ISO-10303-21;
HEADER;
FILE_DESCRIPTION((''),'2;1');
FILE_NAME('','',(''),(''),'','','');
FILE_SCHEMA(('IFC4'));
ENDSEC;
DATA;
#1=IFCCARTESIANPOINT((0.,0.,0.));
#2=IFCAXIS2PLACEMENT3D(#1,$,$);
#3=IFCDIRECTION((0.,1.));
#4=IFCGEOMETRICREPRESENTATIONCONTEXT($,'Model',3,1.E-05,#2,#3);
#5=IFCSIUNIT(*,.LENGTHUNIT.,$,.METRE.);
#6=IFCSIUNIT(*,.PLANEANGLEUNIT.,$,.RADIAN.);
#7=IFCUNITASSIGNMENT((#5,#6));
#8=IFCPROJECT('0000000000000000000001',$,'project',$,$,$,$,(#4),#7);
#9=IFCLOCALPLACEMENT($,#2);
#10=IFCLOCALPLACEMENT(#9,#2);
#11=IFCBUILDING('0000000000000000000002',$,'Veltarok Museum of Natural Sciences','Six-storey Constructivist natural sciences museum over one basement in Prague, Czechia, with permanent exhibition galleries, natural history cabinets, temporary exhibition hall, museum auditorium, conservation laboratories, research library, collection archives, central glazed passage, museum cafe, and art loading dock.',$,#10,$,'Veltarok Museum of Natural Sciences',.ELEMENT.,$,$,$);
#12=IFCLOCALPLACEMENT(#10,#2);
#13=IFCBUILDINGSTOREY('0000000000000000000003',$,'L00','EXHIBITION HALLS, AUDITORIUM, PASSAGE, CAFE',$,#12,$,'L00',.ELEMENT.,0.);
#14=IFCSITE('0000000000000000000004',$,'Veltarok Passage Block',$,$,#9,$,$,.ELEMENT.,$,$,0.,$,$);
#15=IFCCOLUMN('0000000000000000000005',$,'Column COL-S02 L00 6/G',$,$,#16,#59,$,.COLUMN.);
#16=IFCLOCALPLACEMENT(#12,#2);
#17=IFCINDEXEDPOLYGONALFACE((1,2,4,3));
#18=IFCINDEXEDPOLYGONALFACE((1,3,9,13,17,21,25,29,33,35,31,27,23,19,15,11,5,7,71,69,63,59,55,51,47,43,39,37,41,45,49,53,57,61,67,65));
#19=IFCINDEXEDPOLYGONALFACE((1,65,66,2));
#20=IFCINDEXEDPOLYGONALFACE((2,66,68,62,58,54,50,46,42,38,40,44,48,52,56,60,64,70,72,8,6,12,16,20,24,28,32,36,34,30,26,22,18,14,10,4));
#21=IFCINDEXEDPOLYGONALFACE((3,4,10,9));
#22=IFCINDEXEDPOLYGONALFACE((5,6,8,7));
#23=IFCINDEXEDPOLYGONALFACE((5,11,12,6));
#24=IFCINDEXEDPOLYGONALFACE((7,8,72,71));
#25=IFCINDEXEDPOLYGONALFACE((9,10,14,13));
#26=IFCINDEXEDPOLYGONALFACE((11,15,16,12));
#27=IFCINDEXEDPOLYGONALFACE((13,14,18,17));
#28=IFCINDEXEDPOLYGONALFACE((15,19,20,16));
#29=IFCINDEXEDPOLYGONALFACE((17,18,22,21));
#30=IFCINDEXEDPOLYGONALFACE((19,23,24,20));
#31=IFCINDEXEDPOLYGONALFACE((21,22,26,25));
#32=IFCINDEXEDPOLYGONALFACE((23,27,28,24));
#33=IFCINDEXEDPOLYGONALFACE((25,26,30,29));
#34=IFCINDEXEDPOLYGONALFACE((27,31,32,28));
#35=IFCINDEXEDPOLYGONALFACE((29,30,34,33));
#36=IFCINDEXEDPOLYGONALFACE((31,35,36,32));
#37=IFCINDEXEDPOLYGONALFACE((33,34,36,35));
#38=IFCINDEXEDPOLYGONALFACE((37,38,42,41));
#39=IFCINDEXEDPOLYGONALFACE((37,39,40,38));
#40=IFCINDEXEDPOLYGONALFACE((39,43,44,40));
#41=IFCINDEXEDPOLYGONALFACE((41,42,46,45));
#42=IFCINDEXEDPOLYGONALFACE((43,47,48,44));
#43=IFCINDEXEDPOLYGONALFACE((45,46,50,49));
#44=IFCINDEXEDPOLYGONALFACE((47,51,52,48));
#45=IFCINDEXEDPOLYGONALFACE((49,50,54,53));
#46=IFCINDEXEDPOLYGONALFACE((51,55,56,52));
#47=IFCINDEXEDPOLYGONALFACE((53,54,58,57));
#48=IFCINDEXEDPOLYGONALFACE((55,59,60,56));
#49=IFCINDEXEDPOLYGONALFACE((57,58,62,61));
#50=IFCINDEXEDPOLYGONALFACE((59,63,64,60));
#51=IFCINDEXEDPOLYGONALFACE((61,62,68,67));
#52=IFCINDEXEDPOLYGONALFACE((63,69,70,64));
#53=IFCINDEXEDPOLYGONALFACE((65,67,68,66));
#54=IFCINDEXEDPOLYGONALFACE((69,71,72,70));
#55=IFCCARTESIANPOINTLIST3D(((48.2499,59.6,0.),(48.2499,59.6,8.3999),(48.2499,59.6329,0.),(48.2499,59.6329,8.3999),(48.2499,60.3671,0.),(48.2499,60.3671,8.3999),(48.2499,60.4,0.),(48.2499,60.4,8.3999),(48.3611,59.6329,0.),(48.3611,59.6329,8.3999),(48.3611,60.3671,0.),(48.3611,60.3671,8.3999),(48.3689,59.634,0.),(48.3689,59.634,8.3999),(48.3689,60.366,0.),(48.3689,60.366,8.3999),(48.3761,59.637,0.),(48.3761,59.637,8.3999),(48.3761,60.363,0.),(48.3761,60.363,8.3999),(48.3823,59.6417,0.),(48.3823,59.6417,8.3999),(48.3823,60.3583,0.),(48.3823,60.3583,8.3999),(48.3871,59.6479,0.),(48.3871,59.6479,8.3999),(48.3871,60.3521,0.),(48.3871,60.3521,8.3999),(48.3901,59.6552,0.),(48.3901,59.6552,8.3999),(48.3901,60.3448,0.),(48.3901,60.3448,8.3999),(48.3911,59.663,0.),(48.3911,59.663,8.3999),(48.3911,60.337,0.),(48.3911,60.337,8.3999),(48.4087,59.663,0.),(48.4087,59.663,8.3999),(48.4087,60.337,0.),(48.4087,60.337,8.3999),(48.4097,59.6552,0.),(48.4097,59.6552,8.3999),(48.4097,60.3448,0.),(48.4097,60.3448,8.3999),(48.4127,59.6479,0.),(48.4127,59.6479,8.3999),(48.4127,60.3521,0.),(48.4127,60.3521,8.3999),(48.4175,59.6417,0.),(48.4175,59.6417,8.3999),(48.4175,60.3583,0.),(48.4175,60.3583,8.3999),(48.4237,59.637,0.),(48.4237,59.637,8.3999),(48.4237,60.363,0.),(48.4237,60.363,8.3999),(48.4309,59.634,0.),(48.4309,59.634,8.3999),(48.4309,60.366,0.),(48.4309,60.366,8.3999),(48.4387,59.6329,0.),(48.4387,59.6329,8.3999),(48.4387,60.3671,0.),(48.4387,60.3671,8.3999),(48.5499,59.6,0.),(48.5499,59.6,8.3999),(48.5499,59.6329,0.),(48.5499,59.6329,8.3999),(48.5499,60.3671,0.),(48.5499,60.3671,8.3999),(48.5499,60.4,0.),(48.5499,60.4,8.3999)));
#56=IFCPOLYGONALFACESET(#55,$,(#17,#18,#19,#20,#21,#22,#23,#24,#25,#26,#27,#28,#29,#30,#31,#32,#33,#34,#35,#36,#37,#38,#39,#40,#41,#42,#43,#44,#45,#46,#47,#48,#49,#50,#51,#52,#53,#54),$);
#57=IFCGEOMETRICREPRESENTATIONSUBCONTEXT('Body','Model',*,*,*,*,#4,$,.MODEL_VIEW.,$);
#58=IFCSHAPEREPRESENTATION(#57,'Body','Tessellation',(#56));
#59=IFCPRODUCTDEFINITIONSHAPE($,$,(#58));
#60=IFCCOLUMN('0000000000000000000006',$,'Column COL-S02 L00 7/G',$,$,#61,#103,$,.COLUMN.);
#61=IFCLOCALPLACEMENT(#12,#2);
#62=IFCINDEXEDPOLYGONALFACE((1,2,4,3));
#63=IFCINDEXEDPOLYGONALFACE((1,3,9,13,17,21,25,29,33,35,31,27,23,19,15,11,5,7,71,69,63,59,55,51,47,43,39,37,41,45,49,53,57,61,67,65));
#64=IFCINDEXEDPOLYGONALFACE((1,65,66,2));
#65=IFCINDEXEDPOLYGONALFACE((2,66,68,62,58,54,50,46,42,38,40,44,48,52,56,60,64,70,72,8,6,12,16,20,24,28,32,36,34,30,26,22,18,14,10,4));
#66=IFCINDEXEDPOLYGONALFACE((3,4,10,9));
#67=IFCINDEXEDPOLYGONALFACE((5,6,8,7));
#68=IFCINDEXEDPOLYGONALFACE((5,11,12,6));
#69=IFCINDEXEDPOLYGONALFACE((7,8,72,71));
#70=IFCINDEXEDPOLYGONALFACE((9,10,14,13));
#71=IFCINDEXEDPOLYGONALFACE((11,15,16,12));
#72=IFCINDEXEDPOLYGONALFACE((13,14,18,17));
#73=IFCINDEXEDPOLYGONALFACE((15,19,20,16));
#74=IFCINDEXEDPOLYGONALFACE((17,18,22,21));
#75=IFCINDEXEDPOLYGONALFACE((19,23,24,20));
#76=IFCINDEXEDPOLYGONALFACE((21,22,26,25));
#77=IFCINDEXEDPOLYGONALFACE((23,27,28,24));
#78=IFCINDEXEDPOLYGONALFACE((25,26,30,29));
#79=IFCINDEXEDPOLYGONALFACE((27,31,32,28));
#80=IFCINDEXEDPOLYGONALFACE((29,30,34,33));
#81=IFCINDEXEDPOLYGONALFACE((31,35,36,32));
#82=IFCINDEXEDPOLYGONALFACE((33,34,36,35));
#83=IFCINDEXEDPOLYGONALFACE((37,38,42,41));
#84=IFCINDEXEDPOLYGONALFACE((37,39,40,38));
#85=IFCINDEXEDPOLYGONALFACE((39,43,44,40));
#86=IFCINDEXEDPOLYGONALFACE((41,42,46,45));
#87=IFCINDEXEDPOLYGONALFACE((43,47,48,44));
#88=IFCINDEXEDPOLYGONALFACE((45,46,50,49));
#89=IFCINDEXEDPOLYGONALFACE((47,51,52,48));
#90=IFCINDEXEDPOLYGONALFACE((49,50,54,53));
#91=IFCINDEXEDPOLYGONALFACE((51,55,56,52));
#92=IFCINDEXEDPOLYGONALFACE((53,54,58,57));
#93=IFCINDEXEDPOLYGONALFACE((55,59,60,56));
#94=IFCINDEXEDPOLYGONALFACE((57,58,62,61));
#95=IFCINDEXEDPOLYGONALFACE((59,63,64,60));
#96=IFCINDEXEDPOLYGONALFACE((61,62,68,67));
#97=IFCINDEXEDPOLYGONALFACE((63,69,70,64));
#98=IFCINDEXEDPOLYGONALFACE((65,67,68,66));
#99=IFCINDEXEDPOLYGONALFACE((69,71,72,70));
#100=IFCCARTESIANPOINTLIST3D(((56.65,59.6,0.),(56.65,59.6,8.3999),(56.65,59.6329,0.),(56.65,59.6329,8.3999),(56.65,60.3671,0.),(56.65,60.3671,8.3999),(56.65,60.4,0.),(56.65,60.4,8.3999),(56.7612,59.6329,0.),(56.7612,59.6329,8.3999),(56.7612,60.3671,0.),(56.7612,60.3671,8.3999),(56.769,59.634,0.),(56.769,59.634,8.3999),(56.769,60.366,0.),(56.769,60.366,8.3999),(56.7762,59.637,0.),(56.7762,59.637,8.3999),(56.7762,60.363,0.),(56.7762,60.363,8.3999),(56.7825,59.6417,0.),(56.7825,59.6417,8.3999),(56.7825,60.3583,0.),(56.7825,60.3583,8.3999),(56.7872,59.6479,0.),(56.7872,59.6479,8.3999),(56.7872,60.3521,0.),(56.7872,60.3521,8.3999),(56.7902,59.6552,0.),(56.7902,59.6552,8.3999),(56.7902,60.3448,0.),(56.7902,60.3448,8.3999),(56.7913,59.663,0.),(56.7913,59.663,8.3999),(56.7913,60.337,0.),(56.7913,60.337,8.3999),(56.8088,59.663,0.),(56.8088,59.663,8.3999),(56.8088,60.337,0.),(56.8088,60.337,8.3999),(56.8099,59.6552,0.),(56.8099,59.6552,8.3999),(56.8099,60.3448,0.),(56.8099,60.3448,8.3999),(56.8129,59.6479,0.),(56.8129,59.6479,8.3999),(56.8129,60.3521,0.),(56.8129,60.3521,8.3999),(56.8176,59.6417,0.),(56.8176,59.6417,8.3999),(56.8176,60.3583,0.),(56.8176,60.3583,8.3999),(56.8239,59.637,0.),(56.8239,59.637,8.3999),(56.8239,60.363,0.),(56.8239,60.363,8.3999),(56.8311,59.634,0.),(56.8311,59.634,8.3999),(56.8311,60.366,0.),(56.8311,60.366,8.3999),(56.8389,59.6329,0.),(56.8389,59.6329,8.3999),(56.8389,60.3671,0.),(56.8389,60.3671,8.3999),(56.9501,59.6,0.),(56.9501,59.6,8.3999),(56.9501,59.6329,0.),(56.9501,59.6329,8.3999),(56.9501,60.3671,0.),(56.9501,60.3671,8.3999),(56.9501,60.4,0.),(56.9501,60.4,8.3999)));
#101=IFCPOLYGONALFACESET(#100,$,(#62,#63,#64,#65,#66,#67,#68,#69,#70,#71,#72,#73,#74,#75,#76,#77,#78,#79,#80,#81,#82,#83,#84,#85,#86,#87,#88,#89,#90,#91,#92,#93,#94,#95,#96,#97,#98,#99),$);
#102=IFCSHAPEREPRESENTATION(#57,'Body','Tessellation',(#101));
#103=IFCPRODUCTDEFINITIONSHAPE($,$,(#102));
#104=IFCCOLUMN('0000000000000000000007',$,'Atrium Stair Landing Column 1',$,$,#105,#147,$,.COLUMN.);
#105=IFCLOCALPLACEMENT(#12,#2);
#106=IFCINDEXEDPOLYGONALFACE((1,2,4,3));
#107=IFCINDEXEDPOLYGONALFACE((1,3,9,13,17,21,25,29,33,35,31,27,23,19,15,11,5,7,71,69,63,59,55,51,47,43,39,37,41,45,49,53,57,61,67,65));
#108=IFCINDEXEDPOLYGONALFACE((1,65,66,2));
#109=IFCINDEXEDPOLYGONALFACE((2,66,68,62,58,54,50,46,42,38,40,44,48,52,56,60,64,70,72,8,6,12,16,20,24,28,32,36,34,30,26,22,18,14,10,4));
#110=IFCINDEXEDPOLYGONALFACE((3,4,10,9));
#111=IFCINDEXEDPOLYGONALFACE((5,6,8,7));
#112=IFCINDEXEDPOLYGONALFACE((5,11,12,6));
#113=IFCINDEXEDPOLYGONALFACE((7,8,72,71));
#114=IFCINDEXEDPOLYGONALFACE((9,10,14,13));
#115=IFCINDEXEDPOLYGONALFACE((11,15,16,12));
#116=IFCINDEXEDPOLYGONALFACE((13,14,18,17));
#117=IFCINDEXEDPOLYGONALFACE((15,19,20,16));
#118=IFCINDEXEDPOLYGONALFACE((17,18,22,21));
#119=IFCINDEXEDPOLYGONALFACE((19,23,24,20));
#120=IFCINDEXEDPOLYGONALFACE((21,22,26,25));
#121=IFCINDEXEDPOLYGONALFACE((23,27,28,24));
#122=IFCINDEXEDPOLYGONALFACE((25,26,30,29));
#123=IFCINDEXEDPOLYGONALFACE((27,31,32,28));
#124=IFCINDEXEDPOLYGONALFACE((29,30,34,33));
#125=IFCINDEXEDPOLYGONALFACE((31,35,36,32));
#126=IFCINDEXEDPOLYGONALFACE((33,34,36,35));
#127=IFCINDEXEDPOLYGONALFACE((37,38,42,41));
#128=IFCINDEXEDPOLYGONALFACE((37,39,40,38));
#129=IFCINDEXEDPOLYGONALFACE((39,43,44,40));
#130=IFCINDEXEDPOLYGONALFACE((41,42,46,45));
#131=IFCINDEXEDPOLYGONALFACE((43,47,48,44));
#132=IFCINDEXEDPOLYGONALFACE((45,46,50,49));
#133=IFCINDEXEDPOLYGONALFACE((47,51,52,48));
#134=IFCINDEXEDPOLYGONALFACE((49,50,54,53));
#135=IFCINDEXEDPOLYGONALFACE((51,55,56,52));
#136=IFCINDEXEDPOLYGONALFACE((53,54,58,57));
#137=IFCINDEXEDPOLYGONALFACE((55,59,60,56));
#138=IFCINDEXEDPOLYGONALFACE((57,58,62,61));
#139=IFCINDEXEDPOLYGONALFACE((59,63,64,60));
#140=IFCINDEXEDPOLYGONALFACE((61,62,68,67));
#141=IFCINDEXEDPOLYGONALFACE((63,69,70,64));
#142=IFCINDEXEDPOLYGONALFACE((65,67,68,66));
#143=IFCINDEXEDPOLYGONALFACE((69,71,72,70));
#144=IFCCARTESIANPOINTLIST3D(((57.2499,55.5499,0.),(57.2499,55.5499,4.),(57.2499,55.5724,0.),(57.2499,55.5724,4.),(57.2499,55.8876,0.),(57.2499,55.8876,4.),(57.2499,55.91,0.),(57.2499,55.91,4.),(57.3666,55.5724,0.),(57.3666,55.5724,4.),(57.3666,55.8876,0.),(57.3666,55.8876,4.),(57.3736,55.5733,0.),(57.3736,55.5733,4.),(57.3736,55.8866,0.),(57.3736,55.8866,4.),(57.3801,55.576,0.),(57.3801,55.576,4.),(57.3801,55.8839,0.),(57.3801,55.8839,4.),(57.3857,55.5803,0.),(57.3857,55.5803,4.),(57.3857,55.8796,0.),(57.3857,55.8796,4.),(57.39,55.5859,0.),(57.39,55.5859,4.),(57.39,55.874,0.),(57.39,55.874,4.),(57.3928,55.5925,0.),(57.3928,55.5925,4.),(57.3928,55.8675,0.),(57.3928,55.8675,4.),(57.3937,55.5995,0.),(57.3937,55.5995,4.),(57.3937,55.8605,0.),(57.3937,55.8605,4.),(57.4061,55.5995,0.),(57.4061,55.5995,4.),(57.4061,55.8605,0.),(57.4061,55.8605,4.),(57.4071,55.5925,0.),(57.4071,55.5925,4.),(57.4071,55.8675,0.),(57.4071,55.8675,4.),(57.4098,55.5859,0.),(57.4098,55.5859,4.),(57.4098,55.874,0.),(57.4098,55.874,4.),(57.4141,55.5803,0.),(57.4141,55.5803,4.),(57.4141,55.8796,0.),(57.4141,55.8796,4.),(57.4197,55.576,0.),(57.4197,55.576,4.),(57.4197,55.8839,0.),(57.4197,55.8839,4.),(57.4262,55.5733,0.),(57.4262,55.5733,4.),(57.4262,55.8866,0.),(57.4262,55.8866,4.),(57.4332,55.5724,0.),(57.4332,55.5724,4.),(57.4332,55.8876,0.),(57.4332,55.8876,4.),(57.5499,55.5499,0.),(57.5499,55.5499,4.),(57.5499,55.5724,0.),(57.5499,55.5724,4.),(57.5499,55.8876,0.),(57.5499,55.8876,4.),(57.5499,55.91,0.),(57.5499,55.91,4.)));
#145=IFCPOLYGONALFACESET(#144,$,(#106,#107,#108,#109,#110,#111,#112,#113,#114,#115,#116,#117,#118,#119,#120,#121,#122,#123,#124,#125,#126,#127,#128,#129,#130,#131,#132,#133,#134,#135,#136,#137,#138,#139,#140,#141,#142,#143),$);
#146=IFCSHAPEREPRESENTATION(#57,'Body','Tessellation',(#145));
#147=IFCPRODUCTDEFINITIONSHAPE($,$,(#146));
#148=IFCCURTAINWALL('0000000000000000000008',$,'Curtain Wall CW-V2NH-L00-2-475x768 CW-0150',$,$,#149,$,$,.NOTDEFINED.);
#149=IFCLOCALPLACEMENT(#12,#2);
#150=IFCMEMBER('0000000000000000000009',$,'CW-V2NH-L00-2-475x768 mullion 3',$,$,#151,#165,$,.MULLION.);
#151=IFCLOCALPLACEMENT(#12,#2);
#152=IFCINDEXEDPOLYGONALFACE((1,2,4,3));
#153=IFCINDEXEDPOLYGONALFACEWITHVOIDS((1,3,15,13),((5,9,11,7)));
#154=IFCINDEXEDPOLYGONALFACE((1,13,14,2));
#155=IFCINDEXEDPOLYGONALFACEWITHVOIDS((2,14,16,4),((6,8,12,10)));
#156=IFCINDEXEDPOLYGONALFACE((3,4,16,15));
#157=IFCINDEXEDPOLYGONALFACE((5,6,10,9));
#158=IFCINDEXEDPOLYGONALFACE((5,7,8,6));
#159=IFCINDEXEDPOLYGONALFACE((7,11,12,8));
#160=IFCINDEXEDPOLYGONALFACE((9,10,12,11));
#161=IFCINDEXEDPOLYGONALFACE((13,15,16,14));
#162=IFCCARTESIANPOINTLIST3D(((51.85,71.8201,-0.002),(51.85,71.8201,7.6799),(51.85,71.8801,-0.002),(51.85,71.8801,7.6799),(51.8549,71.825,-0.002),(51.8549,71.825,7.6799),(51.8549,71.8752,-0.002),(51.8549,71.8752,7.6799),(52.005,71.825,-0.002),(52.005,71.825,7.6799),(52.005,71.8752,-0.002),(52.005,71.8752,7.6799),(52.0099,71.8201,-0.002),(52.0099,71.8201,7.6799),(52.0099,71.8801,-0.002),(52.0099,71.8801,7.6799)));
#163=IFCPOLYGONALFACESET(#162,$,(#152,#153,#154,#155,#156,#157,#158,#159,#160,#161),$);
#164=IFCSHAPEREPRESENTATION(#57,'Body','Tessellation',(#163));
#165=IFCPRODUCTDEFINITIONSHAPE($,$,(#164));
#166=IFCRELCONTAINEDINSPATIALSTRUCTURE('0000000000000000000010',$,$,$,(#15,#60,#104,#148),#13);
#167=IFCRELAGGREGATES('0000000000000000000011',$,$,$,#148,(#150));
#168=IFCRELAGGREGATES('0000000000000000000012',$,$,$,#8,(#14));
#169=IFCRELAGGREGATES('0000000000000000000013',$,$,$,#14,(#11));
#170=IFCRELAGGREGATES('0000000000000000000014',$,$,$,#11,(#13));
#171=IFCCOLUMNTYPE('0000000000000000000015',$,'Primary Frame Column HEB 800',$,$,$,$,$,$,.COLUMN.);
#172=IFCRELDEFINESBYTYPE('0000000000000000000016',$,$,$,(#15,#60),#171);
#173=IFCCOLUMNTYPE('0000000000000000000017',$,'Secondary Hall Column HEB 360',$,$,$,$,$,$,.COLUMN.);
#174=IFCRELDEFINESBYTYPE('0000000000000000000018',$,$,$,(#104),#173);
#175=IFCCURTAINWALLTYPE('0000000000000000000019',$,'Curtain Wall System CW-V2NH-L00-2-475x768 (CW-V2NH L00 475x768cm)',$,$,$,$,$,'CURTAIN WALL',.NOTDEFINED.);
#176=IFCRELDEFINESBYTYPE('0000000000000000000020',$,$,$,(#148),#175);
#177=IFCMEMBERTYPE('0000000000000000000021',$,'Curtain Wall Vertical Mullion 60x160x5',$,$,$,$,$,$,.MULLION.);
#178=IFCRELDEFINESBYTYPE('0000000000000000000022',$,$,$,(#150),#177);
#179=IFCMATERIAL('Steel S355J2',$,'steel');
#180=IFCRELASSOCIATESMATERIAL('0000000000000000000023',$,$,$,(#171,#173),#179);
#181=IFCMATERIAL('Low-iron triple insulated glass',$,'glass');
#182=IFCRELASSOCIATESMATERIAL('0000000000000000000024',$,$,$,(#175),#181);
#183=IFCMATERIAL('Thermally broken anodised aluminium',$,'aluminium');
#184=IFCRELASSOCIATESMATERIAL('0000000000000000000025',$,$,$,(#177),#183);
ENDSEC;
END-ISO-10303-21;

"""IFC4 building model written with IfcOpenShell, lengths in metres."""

from ifc_helpers import new_model, si_unit, direction, frame, origin, origin_2d, place, context, subcontext, project, spatial, hollow_rectangle, i_section, extrude, material, material_profile, profile_set, type_object, element, aggregate, save


model = new_model("IFC4")

# Units and contexts
model_context = context("Model", 3, precision=1e-05, world=origin(), true_north=direction((0.0, 1.0)))
body_context = subcontext(model_context, "Body", "Model", "MODEL_VIEW")
ifc_project = project(units=[si_unit("LENGTHUNIT", "METRE"), si_unit("PLANEANGLEUNIT", "RADIAN")], contexts=[model_context])

# Site, building, storey
site_placement = place(None, origin())
site = spatial("IfcSite", under=ifc_project, at=site_placement, Name="Veltarok Passage Block", CompositionType="ELEMENT", RefElevation=0.0)
building_placement = place(site_placement, origin())
building = spatial("IfcBuilding", under=site, at=building_placement, Name="Veltarok Museum of Natural Sciences", Description="Six-storey Constructivist natural sciences museum over one basement in Prague, Czechia, with permanent exhibition galleries, natural history cabinets, temporary exhibition hall, museum auditorium, conservation laboratories, research library, collection archives, central glazed passage, museum cafe, and art loading dock.", LongName="Veltarok Museum of Natural Sciences", CompositionType="ELEMENT")
storey_placement = place(building_placement, origin())
storey = spatial("IfcBuildingStorey", under=building, at=storey_placement, Name="L00", Description="EXHIBITION HALLS, AUDITORIUM, PASSAGE, CAFE", LongName="L00", CompositionType="ELEMENT", Elevation=0.0)

# Columns
ifc_material_1 = material(Name="Steel S355J2", Category="steel")
ifc_material_profile_1 = material_profile(ifc_material_1, i_section(OverallWidth=0.3, OverallDepth=0.8, WebThickness=0.0176, FlangeThickness=0.033, FilletRadius=0.03, at=origin_2d()), Name="HEB 800")
ifc_profile_set_1 = profile_set([ifc_material_profile_1], Name="Steel S355J2")
column_type_1 = type_object("IfcColumnType", Name="Primary Frame Column HEB 800", PredefinedType="COLUMN", material=ifc_profile_set_1)
for number, where, z_axis, x_axis, name in (
    (1, (48.3999, 60.0, 0.0), (0.0, 0.0, 1.0), (1.0, 0.0, 0.0), "Column COL-S02 L00 6/G"),
    (2, (56.8, 60.0, 0.0), (0.0, 0.0, 1.0), (1.0, 0.0, 0.0), "Column COL-S02 L00 7/G"),
):
    element("IfcColumn", number, at=place(storey_placement, frame(where, z_axis=z_axis, x_axis=x_axis)), inside=storey, type_object=column_type_1, Name=name, PredefinedType="COLUMN", context=body_context, shape_type="SweptSolid", body=[
        extrude(i_section(OverallWidth=0.3, OverallDepth=0.8, WebThickness=0.0176, FlangeThickness=0.033, FilletRadius=0.03, at=origin_2d()), origin(), (0.0, 0.0, 1.0), 8.3999),
    ])
ifc_material_profile_2 = material_profile(ifc_material_1, i_section(OverallWidth=0.3, OverallDepth=0.3601, WebThickness=0.0125, FlangeThickness=0.0225, FilletRadius=0.0271, at=origin_2d()), Name="HEB 360")
ifc_profile_set_2 = profile_set([ifc_material_profile_2], Name="Steel S355J2")
column_type_2 = type_object("IfcColumnType", Name="Secondary Hall Column HEB 360", PredefinedType="COLUMN", material=ifc_profile_set_2)
column_placement = place(storey_placement, frame((57.3999, 55.73, 0.0), z_axis=(0.0, 0.0, 1.0), x_axis=(1.0, 0.0, 0.0)))
element("IfcColumn", 3, at=column_placement, inside=storey, type_object=column_type_2, Name="Atrium Stair Landing Column 1", PredefinedType="COLUMN", context=body_context, shape_type="SweptSolid", body=[
    extrude(i_section(OverallWidth=0.3, OverallDepth=0.3601, WebThickness=0.0125, FlangeThickness=0.0225, FilletRadius=0.0271, at=origin_2d()), origin(), (0.0, 0.0, 1.0), 4.0),
])

# Curtain wall, member
ifc_material_2 = material(Name="Low-iron triple insulated glass", Category="glass")
curtain_wall_type = type_object("IfcCurtainWallType", Name="Curtain Wall System CW-V2NH-L00-2-475x768 (CW-V2NH L00 475x768cm)", ElementType="CURTAIN WALL", PredefinedType="NOTDEFINED", material=ifc_material_2)
curtain_wall_placement = place(storey_placement, origin())
curtain_wall = element("IfcCurtainWall", 4, at=curtain_wall_placement, inside=storey, type_object=curtain_wall_type, Name="Curtain Wall CW-V2NH-L00-2-475x768 CW-0150", PredefinedType="NOTDEFINED")
ifc_material_3 = material(Name="Thermally broken anodised aluminium", Category="aluminium")
ifc_material_profile_3 = material_profile(ifc_material_3, hollow_rectangle(XDim=0.0601, YDim=0.1599, WallThickness=0.0049, at=origin_2d()), Name="CW MULLION 60x160x5")
ifc_profile_set_3 = profile_set([ifc_material_profile_3], Name="Thermally broken anodised aluminium")
member_type = type_object("IfcMemberType", Name="Curtain Wall Vertical Mullion 60x160x5", PredefinedType="MULLION", material=ifc_profile_set_3)
member_placement = place(storey_placement, frame((51.9299, 71.8501, -0.002), z_axis=(0.0, 0.0, 1.0), x_axis=(0.0, -1.0, 0.0)))
member = element("IfcMember", 5, at=member_placement, type_object=member_type, Name="CW-V2NH-L00-2-475x768 mullion 3", PredefinedType="MULLION", context=body_context, shape_type="SweptSolid", body=[
    extrude(hollow_rectangle(XDim=0.0601, YDim=0.1599, WallThickness=0.0049, at=origin_2d()), origin(), (0.0, 0.0, 1.0), 7.6819),
])
aggregate(curtain_wall, [member])

save(model, "model.ifc")
